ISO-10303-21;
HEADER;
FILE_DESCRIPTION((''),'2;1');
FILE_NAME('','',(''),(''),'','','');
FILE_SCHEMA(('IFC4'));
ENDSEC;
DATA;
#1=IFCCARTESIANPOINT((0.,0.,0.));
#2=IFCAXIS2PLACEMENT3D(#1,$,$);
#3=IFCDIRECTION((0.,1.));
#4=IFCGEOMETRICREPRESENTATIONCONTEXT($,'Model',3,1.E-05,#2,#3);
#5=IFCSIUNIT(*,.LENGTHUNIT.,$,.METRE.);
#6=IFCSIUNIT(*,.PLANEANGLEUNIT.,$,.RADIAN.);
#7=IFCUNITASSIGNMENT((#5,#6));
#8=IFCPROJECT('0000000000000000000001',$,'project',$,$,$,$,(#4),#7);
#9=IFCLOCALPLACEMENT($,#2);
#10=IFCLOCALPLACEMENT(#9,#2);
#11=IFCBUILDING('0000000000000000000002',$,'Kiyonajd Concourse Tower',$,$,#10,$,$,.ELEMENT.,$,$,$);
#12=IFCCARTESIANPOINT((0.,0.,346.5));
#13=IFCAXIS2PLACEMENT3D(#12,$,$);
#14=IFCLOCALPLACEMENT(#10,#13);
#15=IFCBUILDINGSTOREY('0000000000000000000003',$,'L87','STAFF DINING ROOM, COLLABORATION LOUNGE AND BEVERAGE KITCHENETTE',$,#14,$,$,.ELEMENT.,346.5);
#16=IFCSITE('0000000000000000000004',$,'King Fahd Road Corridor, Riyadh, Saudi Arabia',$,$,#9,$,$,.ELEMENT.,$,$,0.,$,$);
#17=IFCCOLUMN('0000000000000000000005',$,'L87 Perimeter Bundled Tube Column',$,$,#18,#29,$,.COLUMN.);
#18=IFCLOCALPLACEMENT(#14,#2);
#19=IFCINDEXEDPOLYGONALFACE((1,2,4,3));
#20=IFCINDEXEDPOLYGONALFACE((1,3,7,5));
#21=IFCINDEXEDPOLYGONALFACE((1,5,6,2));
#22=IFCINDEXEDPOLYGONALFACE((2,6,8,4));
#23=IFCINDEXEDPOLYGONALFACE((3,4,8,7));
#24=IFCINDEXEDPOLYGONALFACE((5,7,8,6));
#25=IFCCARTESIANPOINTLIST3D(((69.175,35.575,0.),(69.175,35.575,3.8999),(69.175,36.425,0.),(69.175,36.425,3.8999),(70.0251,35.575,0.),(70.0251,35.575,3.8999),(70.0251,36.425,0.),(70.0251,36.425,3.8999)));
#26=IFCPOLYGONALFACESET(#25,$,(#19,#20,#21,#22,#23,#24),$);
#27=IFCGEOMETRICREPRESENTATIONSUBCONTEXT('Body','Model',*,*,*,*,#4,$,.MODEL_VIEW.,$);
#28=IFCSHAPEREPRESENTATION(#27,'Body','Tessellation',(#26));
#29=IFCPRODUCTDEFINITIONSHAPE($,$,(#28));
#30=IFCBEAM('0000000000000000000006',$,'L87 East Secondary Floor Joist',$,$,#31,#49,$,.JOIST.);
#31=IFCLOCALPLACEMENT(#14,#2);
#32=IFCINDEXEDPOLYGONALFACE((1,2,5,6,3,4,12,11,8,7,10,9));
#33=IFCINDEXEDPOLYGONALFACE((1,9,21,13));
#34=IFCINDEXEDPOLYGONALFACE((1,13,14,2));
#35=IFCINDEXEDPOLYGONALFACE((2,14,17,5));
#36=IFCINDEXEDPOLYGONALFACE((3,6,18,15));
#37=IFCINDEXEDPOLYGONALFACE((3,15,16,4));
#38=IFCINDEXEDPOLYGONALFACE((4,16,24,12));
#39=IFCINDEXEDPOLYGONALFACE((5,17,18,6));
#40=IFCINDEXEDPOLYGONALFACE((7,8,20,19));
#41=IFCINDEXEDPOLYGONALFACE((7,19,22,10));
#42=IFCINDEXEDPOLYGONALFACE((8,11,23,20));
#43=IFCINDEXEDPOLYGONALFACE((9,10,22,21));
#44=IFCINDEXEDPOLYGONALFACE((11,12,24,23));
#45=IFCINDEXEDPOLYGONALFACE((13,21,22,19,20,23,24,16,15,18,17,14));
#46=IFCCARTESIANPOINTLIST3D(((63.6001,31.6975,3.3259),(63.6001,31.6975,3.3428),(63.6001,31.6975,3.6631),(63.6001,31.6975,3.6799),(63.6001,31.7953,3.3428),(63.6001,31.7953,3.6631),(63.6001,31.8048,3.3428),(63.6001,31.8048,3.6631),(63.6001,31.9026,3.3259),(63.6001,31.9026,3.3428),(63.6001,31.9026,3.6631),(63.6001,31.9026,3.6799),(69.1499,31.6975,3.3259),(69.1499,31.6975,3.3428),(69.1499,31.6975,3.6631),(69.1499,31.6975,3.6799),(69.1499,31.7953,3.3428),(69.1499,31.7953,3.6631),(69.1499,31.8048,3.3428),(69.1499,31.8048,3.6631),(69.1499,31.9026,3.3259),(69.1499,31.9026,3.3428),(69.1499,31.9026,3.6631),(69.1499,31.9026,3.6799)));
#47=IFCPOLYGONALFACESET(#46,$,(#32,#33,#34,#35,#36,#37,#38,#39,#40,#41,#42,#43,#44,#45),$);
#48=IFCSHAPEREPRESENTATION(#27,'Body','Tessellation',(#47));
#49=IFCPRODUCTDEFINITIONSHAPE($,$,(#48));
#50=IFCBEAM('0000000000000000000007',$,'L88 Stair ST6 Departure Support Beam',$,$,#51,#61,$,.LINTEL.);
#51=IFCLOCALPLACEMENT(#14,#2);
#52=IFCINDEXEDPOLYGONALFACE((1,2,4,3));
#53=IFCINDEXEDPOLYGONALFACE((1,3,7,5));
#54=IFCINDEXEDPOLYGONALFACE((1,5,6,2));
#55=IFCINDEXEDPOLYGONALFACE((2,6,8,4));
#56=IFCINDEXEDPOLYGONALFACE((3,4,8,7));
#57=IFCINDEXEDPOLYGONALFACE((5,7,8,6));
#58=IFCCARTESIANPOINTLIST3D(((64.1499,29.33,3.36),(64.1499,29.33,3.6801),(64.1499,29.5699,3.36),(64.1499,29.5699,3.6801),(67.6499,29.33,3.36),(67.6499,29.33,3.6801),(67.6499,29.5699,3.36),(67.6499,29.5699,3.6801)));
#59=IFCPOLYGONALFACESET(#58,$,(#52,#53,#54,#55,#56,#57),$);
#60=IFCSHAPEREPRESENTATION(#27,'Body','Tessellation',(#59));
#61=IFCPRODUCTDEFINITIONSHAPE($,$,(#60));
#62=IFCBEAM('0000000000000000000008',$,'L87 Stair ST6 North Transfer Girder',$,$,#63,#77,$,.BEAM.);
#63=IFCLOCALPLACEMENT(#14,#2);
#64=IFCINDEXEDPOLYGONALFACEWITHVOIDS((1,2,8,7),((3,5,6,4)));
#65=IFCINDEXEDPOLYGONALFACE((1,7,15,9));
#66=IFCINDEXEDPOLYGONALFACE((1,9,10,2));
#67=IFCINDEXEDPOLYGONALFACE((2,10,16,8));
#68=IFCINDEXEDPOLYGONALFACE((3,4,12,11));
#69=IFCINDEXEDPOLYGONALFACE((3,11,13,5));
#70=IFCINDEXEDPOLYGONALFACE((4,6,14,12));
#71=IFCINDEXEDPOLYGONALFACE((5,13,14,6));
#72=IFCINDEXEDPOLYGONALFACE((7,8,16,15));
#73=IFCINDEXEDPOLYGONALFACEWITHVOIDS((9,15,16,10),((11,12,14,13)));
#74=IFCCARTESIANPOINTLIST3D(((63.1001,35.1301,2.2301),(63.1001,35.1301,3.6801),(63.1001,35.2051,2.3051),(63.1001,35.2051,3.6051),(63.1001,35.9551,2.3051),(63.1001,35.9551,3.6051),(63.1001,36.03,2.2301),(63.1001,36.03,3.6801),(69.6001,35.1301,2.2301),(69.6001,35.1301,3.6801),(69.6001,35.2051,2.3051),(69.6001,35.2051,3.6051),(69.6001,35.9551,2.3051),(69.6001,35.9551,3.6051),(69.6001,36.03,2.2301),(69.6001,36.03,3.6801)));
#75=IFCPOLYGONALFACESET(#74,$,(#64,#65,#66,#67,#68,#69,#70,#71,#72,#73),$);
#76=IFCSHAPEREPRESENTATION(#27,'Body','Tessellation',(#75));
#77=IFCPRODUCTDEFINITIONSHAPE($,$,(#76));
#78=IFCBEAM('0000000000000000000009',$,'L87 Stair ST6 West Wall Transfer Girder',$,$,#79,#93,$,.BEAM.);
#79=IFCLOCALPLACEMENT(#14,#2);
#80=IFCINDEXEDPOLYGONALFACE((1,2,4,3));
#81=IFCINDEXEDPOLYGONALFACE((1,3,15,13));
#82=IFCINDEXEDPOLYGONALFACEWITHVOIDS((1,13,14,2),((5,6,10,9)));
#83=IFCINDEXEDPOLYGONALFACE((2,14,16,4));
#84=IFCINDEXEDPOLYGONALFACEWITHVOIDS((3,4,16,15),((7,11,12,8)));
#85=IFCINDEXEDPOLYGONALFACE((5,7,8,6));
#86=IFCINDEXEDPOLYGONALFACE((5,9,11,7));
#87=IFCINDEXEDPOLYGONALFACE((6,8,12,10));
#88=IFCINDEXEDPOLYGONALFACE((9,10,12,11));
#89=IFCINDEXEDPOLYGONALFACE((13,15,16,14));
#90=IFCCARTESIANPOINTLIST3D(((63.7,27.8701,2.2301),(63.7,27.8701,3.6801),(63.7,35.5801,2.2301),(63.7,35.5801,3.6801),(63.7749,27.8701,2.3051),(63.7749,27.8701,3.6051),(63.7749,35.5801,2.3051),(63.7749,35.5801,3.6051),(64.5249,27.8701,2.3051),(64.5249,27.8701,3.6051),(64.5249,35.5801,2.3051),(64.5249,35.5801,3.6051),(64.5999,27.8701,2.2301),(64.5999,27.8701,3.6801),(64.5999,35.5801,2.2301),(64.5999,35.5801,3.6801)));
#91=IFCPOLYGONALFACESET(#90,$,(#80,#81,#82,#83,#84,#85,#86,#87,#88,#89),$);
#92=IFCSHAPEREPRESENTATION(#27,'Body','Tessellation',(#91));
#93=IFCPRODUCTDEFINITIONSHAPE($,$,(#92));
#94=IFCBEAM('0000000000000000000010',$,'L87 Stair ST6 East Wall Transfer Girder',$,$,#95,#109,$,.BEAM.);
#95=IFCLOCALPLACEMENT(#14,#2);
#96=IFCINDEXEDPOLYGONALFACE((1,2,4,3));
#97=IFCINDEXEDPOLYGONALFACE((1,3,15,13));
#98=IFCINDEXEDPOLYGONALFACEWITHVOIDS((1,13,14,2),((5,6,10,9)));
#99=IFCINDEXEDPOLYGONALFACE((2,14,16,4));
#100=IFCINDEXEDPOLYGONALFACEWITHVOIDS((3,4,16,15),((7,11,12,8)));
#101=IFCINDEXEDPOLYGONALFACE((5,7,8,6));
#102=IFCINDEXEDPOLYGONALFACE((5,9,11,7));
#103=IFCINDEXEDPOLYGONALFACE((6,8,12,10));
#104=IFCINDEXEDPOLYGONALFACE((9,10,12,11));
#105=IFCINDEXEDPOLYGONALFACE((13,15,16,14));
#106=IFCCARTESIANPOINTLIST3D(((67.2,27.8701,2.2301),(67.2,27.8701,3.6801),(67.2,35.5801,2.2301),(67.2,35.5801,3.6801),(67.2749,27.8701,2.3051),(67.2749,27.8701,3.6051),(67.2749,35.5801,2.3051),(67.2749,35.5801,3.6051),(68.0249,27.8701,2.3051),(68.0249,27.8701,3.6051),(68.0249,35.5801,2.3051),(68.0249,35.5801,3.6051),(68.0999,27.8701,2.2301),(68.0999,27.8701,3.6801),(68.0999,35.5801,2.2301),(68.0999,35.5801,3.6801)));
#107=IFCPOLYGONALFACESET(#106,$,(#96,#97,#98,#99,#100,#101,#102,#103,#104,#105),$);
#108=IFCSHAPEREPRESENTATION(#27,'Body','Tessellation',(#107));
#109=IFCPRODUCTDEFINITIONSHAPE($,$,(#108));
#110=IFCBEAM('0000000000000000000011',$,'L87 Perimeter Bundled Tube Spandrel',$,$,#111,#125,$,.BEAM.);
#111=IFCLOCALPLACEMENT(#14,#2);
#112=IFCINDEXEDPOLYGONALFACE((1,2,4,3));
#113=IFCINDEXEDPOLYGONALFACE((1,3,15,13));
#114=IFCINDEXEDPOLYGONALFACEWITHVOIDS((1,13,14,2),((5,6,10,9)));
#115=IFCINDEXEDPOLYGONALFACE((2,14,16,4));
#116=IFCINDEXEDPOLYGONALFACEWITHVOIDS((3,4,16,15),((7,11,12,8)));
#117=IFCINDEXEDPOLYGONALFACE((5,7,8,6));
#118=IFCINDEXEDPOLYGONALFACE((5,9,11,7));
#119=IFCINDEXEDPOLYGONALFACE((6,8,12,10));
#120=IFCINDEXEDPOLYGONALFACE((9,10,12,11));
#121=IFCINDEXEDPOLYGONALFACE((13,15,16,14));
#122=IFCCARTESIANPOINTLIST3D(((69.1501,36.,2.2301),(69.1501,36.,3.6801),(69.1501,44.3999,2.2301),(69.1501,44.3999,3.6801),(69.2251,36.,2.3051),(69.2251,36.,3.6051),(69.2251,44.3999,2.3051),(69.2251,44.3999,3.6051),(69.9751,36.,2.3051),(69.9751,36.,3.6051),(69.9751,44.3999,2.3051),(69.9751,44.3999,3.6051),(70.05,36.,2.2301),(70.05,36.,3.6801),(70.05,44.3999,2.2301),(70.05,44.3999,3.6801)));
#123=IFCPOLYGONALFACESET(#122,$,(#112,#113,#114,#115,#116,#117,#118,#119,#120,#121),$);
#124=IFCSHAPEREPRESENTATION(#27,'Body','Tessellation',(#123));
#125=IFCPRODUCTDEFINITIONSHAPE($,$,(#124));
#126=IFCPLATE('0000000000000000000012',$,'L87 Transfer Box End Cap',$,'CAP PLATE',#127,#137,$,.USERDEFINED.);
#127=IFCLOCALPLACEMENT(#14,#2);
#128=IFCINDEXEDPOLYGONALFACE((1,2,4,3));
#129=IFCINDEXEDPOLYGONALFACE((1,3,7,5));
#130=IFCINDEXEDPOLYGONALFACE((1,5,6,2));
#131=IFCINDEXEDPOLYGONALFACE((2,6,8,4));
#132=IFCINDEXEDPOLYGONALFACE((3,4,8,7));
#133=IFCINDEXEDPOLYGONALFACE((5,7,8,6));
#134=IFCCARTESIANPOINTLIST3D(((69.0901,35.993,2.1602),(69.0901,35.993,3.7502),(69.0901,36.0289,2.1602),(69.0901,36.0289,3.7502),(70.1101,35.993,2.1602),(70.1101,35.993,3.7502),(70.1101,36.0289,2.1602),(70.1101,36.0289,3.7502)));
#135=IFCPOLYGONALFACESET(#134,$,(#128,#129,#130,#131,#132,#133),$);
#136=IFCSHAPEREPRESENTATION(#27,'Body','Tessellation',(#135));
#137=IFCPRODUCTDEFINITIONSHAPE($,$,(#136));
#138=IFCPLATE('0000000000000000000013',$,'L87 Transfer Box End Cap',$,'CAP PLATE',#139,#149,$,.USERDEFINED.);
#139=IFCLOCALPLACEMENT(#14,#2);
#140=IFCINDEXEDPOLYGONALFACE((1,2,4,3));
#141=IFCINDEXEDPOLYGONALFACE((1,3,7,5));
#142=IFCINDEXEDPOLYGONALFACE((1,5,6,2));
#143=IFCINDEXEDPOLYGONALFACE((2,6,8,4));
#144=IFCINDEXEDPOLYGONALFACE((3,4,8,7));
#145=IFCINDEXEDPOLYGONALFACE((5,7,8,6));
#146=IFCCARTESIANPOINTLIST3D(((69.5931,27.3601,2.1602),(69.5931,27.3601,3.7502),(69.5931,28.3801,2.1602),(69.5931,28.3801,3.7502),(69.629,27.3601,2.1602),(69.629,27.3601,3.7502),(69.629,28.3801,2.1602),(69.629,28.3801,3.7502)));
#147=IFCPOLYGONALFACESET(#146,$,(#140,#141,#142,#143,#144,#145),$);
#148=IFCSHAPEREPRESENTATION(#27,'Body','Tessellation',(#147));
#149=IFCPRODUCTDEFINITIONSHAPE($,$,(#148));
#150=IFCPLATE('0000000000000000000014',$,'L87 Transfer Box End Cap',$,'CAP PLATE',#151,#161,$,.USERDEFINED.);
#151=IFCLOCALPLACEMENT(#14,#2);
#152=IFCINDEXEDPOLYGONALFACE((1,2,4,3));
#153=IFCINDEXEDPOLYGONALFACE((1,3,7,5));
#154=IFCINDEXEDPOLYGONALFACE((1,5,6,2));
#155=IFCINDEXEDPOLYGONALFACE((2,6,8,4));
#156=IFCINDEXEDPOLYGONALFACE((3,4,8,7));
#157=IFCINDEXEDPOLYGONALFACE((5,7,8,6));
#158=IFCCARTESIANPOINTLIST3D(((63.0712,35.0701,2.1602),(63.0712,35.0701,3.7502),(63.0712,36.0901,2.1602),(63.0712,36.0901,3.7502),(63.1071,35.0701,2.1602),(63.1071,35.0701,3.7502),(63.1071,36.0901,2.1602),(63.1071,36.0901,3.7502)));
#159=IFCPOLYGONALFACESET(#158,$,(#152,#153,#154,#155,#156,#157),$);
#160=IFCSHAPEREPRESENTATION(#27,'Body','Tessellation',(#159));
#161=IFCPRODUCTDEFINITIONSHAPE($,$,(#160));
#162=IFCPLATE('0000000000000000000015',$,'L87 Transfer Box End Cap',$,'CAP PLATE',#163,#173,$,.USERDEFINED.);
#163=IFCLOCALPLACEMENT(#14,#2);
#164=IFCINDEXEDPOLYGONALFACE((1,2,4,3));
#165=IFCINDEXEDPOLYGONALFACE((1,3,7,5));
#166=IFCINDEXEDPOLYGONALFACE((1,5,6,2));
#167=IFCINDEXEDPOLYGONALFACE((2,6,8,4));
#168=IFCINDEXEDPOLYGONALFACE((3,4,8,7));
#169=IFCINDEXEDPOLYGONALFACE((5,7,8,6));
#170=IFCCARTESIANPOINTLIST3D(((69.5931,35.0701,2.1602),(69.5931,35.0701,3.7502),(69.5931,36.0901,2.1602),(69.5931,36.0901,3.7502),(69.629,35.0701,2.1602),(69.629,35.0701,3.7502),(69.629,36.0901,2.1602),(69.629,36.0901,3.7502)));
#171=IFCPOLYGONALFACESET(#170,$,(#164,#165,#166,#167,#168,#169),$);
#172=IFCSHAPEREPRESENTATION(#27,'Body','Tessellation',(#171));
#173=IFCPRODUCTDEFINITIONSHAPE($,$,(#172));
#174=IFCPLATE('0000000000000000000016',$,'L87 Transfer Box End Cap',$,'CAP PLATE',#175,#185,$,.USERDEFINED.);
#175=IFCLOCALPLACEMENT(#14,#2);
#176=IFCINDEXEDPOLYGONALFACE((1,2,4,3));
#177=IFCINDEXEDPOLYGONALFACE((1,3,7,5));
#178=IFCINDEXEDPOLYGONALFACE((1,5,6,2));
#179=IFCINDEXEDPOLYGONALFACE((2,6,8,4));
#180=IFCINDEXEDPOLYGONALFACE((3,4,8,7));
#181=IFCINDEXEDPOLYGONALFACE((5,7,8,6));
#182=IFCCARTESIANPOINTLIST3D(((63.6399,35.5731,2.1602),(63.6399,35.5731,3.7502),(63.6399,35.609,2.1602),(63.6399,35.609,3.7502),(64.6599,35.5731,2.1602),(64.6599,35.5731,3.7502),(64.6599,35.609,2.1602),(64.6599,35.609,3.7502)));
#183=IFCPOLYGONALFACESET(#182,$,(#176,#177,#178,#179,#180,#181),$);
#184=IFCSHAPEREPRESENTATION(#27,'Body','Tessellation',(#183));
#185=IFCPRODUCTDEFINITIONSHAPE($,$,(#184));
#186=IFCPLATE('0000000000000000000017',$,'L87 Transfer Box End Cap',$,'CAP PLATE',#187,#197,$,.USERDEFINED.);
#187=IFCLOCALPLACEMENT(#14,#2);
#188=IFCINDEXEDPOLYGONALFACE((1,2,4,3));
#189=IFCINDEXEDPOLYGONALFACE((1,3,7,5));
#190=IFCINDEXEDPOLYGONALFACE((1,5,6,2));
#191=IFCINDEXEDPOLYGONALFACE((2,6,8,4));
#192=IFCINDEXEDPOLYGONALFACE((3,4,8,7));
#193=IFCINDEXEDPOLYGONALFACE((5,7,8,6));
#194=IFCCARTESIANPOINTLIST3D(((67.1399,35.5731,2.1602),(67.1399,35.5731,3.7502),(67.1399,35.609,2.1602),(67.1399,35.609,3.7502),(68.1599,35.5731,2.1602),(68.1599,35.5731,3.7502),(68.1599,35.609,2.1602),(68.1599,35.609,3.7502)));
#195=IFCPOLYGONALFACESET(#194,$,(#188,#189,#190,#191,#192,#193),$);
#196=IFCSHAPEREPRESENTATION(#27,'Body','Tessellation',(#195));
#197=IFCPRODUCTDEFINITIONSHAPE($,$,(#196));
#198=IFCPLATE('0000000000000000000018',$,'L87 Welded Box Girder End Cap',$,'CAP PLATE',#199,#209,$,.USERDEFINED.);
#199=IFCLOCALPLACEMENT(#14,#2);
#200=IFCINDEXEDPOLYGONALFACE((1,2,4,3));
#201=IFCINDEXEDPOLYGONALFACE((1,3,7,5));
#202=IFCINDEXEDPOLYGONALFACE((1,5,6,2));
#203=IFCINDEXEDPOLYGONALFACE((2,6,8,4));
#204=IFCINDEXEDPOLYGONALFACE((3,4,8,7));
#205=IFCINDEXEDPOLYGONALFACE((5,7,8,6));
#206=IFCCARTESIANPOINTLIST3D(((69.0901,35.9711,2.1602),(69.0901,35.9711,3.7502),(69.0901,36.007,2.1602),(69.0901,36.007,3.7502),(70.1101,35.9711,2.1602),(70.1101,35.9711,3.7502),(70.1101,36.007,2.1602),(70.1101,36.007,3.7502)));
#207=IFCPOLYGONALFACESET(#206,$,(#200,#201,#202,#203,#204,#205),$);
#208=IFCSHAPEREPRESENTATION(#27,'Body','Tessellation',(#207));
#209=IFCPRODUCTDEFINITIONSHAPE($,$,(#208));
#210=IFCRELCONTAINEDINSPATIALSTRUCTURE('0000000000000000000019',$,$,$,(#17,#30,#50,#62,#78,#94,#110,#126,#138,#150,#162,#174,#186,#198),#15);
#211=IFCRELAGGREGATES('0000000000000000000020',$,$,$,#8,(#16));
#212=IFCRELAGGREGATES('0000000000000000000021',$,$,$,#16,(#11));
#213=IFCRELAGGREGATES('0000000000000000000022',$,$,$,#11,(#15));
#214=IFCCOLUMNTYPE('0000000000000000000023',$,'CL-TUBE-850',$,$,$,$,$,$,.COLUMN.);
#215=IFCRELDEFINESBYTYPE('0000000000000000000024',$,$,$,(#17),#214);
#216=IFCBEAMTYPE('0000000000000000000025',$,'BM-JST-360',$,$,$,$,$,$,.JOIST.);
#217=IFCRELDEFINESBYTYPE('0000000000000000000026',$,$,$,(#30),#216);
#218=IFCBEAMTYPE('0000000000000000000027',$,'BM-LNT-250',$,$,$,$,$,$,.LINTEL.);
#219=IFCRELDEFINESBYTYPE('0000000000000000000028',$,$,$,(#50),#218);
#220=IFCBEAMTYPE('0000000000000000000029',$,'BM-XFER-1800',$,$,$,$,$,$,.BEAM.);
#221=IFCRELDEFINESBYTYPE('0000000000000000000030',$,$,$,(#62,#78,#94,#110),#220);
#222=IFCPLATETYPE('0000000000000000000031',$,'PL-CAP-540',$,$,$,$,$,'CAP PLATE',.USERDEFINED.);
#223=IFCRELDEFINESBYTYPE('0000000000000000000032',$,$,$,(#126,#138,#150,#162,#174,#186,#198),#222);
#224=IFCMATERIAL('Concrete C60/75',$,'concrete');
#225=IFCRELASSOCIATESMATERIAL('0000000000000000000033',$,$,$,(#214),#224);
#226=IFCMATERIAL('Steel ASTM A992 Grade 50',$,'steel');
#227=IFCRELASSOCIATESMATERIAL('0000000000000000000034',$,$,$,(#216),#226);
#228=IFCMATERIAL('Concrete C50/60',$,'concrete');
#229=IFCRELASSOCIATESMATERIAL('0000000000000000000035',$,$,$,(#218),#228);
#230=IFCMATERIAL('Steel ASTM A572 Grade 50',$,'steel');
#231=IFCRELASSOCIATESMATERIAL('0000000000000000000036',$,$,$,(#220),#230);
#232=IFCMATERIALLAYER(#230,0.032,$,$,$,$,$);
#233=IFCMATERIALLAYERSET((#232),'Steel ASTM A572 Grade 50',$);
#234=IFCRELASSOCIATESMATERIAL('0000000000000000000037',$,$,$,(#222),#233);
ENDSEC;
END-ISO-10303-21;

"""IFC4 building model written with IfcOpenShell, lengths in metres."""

from ifc_helpers import new_model, si_unit, direction, frame, origin, origin_2d, place, context, subcontext, project, spatial, rectangle, hollow_rectangle, i_section, extrude, material, layer, layer_set, material_profile, profile_set, type_object, element, save


model = new_model("IFC4")

# Units and contexts
model_context = context("Model", 3, precision=1e-05, world=origin(), true_north=direction((0.0, 1.0)))
body_context = subcontext(model_context, "Body", "Model", "MODEL_VIEW")
ifc_project = project(units=[si_unit("LENGTHUNIT", "METRE"), si_unit("PLANEANGLEUNIT", "RADIAN")], contexts=[model_context])

# Site, building, storey
site_placement = place(None, origin())
site = spatial("IfcSite", under=ifc_project, at=site_placement, Name="King Fahd Road Corridor, Riyadh, Saudi Arabia", CompositionType="ELEMENT", RefElevation=0.0)
building_placement = place(site_placement, origin())
building = spatial("IfcBuilding", under=site, at=building_placement, Name="Kiyonajd Concourse Tower", CompositionType="ELEMENT")
storey_placement = place(building_placement, frame((0.0, 0.0, 346.5)))
storey = spatial("IfcBuildingStorey", under=building, at=storey_placement, Name="L87", Description="STAFF DINING ROOM, COLLABORATION LOUNGE AND BEVERAGE KITCHENETTE", CompositionType="ELEMENT", Elevation=346.5)

# Column
ifc_material_1 = material(Name="Concrete C60/75", Category="concrete")
ifc_material_profile_1 = material_profile(ifc_material_1, rectangle(XDim=0.8501, YDim=0.8501, at=origin_2d()), Name="RC-850x850")
ifc_profile_set_1 = profile_set([ifc_material_profile_1], Name="Concrete C60/75")
column_type = type_object("IfcColumnType", Name="CL-TUBE-850", PredefinedType="COLUMN", material=ifc_profile_set_1)
column_placement = place(storey_placement, frame((69.6001, 36.0, 0.0), z_axis=(0.0, 0.0, 1.0), x_axis=(1.0, 0.0, 0.0)))
element("IfcColumn", 1, at=column_placement, inside=storey, type_object=column_type, Name="L87 Perimeter Bundled Tube Column", PredefinedType="COLUMN", context=body_context, shape_type="SweptSolid", body=[
    extrude(rectangle(XDim=0.8501, YDim=0.8501, at=origin_2d()), origin(), (0.0, 0.0, 1.0), 3.8999),
])

# Beams
ifc_material_2 = material(Name="Steel ASTM A992 Grade 50", Category="steel")
ifc_material_profile_2 = material_profile(ifc_material_2, i_section(OverallWidth=0.2051, OverallDepth=0.354, WebThickness=0.0095, FlangeThickness=0.0168, at=origin_2d()), Name="W360X79")
ifc_profile_set_2 = profile_set([ifc_material_profile_2], Name="Steel ASTM A992 Grade 50")
beam_type_1 = type_object("IfcBeamType", Name="BM-JST-360", PredefinedType="JOIST", material=ifc_profile_set_2)
beam_1_placement = place(storey_placement, frame((63.6001, 31.8, 3.5029), z_axis=(1.0, 0.0, 0.0), x_axis=(0.0, 1.0, 0.0)))
element("IfcBeam", 2, at=beam_1_placement, inside=storey, type_object=beam_type_1, Name="L87 East Secondary Floor Joist", PredefinedType="JOIST", context=body_context, shape_type="SweptSolid", body=[
    extrude(i_section(OverallWidth=0.2051, OverallDepth=0.354, WebThickness=0.0095, FlangeThickness=0.0168, at=origin_2d()), origin(), (0.0, 0.0, 1.0), 5.5498),
])
ifc_material_3 = material(Name="Concrete C50/60", Category="concrete")
ifc_material_profile_3 = material_profile(ifc_material_3, rectangle(XDim=0.24, YDim=0.3201, at=origin_2d()), Name="RCBM-240x320")
ifc_profile_set_3 = profile_set([ifc_material_profile_3], Name="Concrete C50/60")
beam_type_2 = type_object("IfcBeamType", Name="BM-LNT-250", PredefinedType="LINTEL", material=ifc_profile_set_3)
beam_2_placement = place(storey_placement, frame((64.1499, 29.45, 3.52), z_axis=(1.0, 0.0, 0.0), x_axis=(0.0, 1.0, 0.0)))
element("IfcBeam", 3, at=beam_2_placement, inside=storey, type_object=beam_type_2, Name="L88 Stair ST6 Departure Support Beam", PredefinedType="LINTEL", context=body_context, shape_type="SweptSolid", body=[
    extrude(rectangle(XDim=0.24, YDim=0.3201, at=origin_2d()), origin(), (0.0, 0.0, 1.0), 3.5),
])
ifc_material_4 = material(Name="Steel ASTM A572 Grade 50", Category="steel")
ifc_material_profile_4 = material_profile(ifc_material_4, hollow_rectangle(XDim=0.8999, YDim=1.45, WallThickness=0.075, at=origin_2d()), Name="BOX-1450x900x75")
ifc_profile_set_4 = profile_set([ifc_material_profile_4], Name="Steel ASTM A572 Grade 50")
beam_type_3 = type_object("IfcBeamType", Name="BM-XFER-1800", PredefinedType="BEAM", material=ifc_profile_set_4)
beam_3_placement = place(storey_placement, frame((63.1001, 35.5801, 2.9551), z_axis=(1.0, 0.0, 0.0), x_axis=(0.0, 1.0, 0.0)))
element("IfcBeam", 4, at=beam_3_placement, inside=storey, type_object=beam_type_3, Name="L87 Stair ST6 North Transfer Girder", PredefinedType="BEAM", context=body_context, shape_type="SweptSolid", body=[
    extrude(hollow_rectangle(XDim=0.8999, YDim=1.45, WallThickness=0.075, at=origin_2d()), origin(), (0.0, 0.0, 1.0), 6.5),
])
for number, where, z_axis, x_axis, name in (
    (5, (64.1499, 27.8701, 2.9551), (0.0, 1.0, 0.0), (-1.0, 0.0, 0.0), "L87 Stair ST6 West Wall Transfer Girder"),
    (6, (67.6499, 27.8701, 2.9551), (0.0, 1.0, 0.0), (-1.0, 0.0, 0.0), "L87 Stair ST6 East Wall Transfer Girder"),
):
    element("IfcBeam", number, at=place(storey_placement, frame(where, z_axis=z_axis, x_axis=x_axis)), inside=storey, type_object=beam_type_3, Name=name, PredefinedType="BEAM", context=body_context, shape_type="SweptSolid", body=[
        extrude(hollow_rectangle(XDim=0.8999, YDim=1.45, WallThickness=0.075, at=origin_2d()), origin(), (0.0, 0.0, 1.0), 7.71),
    ])
beam_4_placement = place(storey_placement, frame((69.6001, 36.0, 2.9551), z_axis=(0.0, 1.0, 0.0), x_axis=(-1.0, 0.0, 0.0)))
element("IfcBeam", 7, at=beam_4_placement, inside=storey, type_object=beam_type_3, Name="L87 Perimeter Bundled Tube Spandrel", PredefinedType="BEAM", context=body_context, shape_type="SweptSolid", body=[
    extrude(hollow_rectangle(XDim=0.8999, YDim=1.45, WallThickness=0.075, at=origin_2d()), origin(), (0.0, 0.0, 1.0), 8.3999),
])

# Plates
ifc_layer_1 = layer(ifc_material_4, 0.032)
ifc_layer_set_1 = layer_set([ifc_layer_1], Name="Steel ASTM A572 Grade 50")
plate_type = type_object("IfcPlateType", Name="PL-CAP-540", ElementType="CAP PLATE", PredefinedType="USERDEFINED", material=ifc_layer_set_1)
for number, where, z_axis, x_axis, name in (
    (8, (69.6001, 36.011, 2.1602), (0.0, 0.0, 1.0), (0.0, 1.0, 0.0), "L87 Transfer Box End Cap"),
    (9, (69.6111, 27.8701, 2.1602), (0.0, 0.0, 1.0), (1.0, 0.0, 0.0), "L87 Transfer Box End Cap"),
    (10, (63.0891, 35.5801, 2.1602), (0.0, 0.0, 1.0), (-1.0, 0.0, 0.0), "L87 Transfer Box End Cap"),
    (11, (69.6111, 35.5801, 2.1602), (0.0, 0.0, 1.0), (1.0, 0.0, 0.0), "L87 Transfer Box End Cap"),
    (12, (64.1499, 35.5911, 2.1602), (0.0, 0.0, 1.0), (0.0, 1.0, 0.0), "L87 Transfer Box End Cap"),
    (13, (67.6499, 35.5911, 2.1602), (0.0, 0.0, 1.0), (0.0, 1.0, 0.0), "L87 Transfer Box End Cap"),
    (14, (69.6001, 35.989, 2.1602), (0.0, 0.0, 1.0), (0.0, -1.0, 0.0), "L87 Welded Box Girder End Cap"),
):
    element("IfcPlate", number, at=place(storey_placement, frame(where, z_axis=z_axis, x_axis=x_axis)), inside=storey, type_object=plate_type, Name=name, ObjectType="CAP PLATE", PredefinedType="USERDEFINED", context=body_context, shape_type="SweptSolid", body=[
        extrude(rectangle(XDim=0.0359, YDim=1.02, at=origin_2d()), origin(), (0.0, 0.0, 1.0), 1.5901),
    ])

save(model, "model.ifc")
